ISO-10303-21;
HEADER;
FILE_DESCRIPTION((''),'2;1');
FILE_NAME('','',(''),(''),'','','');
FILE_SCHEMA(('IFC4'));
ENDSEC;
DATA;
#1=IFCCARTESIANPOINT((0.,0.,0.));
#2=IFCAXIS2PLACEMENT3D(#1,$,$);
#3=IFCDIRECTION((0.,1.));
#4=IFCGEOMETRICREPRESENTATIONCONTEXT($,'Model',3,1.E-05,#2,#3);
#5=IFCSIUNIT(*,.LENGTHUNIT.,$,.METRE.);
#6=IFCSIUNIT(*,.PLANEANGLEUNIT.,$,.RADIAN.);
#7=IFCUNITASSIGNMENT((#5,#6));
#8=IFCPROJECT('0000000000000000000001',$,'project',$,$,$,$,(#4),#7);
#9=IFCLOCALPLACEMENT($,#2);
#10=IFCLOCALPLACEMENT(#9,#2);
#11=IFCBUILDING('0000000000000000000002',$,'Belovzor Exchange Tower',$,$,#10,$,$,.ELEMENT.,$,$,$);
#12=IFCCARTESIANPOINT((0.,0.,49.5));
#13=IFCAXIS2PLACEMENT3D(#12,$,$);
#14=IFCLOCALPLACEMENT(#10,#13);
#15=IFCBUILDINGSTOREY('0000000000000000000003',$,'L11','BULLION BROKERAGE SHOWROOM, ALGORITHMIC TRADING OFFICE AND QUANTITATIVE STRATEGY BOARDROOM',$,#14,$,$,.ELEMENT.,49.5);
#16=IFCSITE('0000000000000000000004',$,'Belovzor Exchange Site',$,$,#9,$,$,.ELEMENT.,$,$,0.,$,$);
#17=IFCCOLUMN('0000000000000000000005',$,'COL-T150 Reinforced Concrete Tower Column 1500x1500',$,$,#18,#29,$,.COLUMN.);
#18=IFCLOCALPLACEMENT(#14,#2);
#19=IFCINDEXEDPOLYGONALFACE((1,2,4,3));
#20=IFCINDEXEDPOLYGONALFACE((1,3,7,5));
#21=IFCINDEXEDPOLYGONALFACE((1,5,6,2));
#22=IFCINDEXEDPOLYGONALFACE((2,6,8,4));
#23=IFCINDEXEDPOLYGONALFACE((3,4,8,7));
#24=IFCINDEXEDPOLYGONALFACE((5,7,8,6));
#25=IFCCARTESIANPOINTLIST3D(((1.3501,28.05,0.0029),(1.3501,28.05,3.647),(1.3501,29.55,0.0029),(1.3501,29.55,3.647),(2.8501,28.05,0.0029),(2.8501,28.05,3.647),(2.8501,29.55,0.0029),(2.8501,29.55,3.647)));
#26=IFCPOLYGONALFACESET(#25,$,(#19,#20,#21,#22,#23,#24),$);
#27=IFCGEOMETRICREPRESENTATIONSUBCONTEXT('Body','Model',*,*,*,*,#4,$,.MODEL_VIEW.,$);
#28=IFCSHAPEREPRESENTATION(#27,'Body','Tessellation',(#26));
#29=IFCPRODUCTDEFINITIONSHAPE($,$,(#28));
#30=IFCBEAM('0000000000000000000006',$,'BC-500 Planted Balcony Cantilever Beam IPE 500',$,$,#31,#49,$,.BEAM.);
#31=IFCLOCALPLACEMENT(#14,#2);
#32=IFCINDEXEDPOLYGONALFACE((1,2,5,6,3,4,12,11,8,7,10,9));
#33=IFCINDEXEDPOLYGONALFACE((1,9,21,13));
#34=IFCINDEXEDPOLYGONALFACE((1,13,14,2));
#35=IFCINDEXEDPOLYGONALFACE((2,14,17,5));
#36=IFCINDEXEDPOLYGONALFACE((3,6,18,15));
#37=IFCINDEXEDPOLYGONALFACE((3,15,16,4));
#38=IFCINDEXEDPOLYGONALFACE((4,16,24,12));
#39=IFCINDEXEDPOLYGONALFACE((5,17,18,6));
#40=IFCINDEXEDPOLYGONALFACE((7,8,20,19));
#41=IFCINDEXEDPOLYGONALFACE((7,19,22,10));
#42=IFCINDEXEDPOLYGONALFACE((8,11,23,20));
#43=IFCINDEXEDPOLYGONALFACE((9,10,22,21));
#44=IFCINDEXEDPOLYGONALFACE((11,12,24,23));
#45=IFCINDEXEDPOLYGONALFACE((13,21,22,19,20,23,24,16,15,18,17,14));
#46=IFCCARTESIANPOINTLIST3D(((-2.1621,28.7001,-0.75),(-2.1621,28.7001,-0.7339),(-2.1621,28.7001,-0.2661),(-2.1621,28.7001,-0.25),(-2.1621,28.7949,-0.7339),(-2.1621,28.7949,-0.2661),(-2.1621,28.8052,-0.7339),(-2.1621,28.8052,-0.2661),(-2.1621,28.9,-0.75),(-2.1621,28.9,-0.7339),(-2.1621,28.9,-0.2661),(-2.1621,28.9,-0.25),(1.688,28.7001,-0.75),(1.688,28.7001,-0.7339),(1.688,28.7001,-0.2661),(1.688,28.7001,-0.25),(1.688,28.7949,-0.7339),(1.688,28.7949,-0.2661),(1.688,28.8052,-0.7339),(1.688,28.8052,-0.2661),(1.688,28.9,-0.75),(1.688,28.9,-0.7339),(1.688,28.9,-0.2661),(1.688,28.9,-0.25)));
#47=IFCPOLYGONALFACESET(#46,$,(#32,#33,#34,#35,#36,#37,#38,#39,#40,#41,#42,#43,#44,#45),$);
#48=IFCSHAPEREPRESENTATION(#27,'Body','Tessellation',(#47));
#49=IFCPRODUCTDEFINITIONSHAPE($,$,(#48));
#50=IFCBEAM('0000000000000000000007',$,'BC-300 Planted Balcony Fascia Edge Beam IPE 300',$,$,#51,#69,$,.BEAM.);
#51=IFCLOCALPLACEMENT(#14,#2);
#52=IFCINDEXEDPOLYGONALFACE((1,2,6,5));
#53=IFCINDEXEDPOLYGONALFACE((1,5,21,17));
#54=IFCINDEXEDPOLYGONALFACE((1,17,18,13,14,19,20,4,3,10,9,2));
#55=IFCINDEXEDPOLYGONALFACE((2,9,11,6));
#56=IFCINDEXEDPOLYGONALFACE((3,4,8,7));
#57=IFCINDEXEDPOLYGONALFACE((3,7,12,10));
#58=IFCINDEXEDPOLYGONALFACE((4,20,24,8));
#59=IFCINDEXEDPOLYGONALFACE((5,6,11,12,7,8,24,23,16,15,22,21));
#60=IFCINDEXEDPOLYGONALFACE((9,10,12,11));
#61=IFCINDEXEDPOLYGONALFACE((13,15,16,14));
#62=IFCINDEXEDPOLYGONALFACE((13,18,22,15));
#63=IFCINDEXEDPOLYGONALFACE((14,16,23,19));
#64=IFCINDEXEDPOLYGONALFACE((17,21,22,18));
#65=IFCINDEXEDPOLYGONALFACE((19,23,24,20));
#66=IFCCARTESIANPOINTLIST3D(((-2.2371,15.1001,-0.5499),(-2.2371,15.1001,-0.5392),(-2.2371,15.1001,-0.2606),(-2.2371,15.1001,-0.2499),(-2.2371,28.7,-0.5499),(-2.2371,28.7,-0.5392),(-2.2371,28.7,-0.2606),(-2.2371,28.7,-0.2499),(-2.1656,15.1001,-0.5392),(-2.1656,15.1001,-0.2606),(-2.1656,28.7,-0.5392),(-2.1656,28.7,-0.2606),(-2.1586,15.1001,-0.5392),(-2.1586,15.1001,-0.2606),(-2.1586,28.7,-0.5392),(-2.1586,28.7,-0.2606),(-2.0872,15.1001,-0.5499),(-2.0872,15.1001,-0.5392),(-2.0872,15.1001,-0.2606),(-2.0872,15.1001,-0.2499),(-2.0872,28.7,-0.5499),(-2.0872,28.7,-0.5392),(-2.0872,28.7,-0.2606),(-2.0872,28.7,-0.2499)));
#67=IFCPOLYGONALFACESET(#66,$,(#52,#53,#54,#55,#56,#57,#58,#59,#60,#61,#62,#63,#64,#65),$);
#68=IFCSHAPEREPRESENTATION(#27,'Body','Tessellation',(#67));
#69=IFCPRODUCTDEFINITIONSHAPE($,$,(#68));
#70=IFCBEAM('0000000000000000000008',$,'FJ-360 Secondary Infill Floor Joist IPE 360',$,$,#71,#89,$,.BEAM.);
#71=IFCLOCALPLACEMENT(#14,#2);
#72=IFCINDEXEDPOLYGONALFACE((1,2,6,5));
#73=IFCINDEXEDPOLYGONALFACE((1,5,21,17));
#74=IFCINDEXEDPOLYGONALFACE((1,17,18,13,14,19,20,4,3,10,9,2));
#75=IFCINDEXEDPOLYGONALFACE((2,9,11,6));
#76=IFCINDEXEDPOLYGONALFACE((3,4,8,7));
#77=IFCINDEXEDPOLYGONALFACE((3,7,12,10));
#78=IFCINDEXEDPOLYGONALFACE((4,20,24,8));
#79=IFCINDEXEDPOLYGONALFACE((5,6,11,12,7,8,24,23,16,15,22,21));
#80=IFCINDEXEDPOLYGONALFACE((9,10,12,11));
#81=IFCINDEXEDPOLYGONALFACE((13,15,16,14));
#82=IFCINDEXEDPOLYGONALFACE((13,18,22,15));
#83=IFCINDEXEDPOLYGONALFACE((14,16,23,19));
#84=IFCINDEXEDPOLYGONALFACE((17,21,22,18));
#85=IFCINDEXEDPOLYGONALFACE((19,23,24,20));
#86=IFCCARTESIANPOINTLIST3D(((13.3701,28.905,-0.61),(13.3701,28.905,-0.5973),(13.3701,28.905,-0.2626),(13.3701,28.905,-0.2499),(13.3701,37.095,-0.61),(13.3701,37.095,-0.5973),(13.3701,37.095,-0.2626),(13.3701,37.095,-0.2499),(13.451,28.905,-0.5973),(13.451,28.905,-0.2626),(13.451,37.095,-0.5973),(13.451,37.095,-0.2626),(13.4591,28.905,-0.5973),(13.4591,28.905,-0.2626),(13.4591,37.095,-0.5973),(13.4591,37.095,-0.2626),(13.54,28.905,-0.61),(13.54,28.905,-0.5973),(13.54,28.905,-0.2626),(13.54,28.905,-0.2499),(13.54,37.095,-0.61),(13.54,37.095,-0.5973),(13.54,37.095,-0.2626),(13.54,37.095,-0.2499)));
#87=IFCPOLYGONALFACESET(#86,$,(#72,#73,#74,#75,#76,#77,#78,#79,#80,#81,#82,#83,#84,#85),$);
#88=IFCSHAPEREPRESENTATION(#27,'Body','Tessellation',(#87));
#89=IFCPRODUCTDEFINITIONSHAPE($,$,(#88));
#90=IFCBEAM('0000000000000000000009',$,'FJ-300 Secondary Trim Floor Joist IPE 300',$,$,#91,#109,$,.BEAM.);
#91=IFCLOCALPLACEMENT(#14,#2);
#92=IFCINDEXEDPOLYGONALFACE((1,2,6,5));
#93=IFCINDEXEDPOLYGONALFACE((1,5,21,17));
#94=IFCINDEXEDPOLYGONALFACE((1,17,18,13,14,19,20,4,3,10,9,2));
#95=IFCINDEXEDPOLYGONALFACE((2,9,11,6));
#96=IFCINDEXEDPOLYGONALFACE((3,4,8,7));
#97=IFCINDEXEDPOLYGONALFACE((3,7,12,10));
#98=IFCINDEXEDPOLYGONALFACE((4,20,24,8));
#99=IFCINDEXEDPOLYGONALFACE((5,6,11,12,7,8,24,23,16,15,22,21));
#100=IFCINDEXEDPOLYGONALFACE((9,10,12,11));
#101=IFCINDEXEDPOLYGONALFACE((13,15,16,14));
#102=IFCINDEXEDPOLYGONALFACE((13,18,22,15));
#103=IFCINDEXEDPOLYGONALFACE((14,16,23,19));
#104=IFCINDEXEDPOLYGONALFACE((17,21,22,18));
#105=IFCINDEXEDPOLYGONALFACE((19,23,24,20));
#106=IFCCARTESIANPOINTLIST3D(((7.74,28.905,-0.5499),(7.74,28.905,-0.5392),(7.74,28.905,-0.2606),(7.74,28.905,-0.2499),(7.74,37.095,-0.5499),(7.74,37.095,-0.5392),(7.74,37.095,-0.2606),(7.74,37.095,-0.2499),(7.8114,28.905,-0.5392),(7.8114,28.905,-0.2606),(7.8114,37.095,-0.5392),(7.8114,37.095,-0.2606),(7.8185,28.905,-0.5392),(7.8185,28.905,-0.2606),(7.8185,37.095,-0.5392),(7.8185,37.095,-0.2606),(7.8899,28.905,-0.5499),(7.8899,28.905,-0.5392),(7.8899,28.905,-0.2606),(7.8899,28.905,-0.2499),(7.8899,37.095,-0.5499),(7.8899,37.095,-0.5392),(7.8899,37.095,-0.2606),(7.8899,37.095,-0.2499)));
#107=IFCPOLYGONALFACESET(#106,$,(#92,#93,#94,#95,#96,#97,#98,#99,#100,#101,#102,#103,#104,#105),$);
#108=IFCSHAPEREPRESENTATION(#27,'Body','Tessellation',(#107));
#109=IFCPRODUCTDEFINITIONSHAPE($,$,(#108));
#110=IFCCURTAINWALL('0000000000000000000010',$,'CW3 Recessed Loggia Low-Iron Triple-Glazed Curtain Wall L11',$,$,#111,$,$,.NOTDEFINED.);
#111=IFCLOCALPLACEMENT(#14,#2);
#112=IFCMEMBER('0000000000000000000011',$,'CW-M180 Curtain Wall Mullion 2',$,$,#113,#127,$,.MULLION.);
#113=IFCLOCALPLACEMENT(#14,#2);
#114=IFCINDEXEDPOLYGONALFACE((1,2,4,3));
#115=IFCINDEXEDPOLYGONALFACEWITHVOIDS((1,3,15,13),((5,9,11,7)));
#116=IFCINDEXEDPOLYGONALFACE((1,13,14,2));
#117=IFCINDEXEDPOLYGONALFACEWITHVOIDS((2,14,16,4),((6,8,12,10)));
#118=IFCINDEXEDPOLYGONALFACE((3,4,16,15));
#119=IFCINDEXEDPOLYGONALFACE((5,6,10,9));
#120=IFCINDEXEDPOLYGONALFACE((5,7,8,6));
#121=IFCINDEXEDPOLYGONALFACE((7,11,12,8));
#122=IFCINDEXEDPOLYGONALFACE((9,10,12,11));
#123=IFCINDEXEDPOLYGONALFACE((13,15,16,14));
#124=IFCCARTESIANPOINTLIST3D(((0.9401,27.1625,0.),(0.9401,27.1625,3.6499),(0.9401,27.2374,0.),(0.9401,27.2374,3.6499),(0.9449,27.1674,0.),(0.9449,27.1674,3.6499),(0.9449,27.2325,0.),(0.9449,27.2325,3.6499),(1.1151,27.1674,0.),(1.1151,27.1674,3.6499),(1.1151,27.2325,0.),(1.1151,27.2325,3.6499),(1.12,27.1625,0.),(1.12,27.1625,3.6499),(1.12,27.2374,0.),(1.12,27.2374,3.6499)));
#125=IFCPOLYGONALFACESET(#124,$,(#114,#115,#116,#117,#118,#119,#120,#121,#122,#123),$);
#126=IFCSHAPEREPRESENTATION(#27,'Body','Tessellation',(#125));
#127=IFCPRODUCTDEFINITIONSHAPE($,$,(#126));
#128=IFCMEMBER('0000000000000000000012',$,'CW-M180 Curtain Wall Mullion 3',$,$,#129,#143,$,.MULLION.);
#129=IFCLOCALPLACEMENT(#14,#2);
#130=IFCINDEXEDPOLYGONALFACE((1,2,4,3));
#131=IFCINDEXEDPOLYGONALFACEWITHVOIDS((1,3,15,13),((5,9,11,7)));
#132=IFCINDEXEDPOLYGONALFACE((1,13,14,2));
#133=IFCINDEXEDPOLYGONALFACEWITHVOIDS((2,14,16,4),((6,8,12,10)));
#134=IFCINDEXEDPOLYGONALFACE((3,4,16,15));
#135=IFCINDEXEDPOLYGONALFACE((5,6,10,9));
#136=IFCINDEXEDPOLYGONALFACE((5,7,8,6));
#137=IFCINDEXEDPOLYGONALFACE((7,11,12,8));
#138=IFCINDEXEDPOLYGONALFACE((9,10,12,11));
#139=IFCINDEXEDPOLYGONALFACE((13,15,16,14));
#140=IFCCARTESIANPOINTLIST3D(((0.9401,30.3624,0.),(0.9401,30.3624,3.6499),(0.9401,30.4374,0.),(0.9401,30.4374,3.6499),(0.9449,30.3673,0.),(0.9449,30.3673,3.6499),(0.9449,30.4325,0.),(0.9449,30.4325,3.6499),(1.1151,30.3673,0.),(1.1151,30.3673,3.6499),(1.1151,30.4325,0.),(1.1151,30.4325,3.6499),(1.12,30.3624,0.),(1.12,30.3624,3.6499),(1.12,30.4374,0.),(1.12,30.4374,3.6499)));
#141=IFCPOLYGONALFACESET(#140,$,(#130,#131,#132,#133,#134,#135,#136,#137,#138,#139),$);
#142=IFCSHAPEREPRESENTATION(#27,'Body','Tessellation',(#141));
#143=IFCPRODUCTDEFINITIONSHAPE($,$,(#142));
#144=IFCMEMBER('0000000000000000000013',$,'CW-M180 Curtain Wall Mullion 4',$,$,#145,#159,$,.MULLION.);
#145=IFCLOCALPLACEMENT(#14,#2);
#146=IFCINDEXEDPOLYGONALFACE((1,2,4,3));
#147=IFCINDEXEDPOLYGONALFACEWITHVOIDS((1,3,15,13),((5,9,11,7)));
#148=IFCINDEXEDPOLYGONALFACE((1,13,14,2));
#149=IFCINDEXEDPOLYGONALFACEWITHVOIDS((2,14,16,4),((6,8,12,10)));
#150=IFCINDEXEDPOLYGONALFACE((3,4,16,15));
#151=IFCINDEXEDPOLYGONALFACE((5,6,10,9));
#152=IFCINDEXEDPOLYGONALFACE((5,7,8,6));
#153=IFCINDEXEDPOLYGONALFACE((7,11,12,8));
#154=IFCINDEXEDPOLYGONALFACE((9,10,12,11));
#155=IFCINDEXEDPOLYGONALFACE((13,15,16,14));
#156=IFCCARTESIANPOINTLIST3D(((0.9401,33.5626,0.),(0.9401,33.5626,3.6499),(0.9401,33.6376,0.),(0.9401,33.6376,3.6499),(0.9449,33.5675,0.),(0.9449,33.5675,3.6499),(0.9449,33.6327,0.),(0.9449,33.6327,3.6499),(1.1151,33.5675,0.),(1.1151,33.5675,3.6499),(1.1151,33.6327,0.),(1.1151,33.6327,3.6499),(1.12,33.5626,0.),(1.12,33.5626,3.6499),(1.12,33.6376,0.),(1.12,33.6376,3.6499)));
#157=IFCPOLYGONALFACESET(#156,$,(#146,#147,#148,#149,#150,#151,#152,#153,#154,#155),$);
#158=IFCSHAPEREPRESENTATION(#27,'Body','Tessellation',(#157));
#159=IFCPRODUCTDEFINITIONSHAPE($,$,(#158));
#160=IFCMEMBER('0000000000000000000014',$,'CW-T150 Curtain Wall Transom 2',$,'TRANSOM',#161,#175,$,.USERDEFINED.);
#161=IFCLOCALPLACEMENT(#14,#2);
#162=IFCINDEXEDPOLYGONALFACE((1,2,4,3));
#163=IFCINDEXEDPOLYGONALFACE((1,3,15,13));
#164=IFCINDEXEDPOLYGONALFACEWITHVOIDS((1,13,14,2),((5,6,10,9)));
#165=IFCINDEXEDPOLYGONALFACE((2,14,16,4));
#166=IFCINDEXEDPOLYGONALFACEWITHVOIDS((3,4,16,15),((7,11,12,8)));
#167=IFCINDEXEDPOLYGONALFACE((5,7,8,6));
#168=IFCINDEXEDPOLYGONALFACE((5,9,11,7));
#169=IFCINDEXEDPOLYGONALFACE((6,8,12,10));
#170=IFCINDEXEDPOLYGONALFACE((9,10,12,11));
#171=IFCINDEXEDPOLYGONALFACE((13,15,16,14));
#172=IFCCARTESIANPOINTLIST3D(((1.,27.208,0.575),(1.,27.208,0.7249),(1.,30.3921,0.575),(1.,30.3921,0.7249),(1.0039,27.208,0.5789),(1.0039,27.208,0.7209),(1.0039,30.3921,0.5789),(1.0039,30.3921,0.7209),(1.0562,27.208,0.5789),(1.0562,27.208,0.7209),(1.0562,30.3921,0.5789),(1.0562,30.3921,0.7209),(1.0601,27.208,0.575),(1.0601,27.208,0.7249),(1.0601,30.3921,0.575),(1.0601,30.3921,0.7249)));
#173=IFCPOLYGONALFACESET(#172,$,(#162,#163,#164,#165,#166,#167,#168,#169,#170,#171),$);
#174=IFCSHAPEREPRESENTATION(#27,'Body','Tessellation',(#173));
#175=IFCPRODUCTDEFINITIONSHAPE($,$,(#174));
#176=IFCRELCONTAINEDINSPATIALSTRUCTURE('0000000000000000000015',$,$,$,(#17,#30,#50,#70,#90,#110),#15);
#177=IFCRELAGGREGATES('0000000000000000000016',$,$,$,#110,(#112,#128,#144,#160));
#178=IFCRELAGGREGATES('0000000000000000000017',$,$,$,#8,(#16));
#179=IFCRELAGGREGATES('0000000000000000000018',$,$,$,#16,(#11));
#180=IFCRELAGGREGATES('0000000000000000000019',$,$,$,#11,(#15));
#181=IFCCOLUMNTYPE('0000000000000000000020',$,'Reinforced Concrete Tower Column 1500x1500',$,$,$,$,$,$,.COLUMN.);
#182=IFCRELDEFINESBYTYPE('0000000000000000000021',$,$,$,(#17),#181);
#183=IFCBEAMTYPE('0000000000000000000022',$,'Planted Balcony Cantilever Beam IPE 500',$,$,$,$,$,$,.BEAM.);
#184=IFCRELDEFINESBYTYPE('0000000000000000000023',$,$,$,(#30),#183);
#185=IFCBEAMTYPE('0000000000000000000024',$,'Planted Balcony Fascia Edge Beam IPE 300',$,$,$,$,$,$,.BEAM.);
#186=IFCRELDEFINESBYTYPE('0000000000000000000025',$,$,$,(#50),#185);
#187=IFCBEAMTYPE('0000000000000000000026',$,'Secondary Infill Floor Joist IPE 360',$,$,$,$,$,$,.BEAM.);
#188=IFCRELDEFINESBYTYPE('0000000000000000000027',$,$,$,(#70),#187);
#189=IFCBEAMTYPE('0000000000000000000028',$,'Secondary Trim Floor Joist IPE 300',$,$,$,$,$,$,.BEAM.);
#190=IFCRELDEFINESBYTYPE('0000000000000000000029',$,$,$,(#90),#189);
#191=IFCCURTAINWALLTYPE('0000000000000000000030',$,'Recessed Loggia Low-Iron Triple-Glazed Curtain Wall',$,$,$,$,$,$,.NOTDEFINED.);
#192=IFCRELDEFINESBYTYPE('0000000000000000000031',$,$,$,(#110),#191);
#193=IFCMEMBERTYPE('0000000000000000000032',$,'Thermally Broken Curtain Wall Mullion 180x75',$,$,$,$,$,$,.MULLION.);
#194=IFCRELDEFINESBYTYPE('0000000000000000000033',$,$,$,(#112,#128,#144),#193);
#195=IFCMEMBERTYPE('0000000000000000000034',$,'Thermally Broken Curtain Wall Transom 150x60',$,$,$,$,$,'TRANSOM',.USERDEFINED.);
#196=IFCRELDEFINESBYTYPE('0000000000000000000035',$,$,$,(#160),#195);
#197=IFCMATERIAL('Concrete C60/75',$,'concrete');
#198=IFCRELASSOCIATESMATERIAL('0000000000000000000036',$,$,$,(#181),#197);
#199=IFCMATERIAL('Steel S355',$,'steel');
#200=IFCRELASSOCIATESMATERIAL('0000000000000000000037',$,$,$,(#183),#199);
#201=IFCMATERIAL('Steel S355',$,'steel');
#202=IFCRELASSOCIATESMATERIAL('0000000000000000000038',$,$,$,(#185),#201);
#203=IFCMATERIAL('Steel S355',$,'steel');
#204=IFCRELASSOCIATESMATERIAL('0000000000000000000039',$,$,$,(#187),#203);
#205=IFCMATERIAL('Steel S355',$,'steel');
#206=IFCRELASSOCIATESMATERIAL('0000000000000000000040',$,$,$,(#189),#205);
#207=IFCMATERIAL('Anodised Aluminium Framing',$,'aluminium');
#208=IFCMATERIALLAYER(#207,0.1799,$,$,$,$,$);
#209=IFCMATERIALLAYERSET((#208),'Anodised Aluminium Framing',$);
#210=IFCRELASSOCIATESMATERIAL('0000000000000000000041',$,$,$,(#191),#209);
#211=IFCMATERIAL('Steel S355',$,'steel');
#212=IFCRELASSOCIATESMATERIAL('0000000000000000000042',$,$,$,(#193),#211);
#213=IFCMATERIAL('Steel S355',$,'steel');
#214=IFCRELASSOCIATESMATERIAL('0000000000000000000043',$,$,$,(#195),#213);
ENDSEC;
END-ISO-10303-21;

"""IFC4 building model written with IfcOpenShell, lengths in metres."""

from ifc_helpers import new_model, si_unit, direction, frame, origin, origin_2d, place, context, subcontext, project, spatial, rectangle, hollow_rectangle, i_section, extrude, material, layer, layer_set, material_profile, profile_set, type_object, element, aggregate, save


model = new_model("IFC4")

# Units and contexts
model_context = context("Model", 3, precision=1e-05, world=origin(), true_north=direction((0.0, 1.0)))
body_context = subcontext(model_context, "Body", "Model", "MODEL_VIEW")
ifc_project = project(units=[si_unit("LENGTHUNIT", "METRE"), si_unit("PLANEANGLEUNIT", "RADIAN")], contexts=[model_context])

# Site, building, storey
site_placement = place(None, origin())
site = spatial("IfcSite", under=ifc_project, at=site_placement, Name="Belovzor Exchange Site", CompositionType="ELEMENT", RefElevation=0.0)
building_placement = place(site_placement, origin())
building = spatial("IfcBuilding", under=site, at=building_placement, Name="Belovzor Exchange Tower", CompositionType="ELEMENT")
storey_placement = place(building_placement, frame((0.0, 0.0, 49.5)))
storey = spatial("IfcBuildingStorey", under=building, at=storey_placement, Name="L11", Description="BULLION BROKERAGE SHOWROOM, ALGORITHMIC TRADING OFFICE AND QUANTITATIVE STRATEGY BOARDROOM", CompositionType="ELEMENT", Elevation=49.5)

# Column
ifc_material_1 = material(Name="Concrete C60/75", Category="concrete")
ifc_material_profile_1 = material_profile(ifc_material_1, rectangle(XDim=1.5, YDim=1.5, at=origin_2d()))
ifc_profile_set_1 = profile_set([ifc_material_profile_1], Name="Concrete C60/75")
column_type = type_object("IfcColumnType", Name="Reinforced Concrete Tower Column 1500x1500", PredefinedType="COLUMN", material=ifc_profile_set_1)
column_placement = place(storey_placement, frame((2.1001, 28.8, 0.0029), z_axis=(0.0, 0.0, 1.0), x_axis=(1.0, 0.0, 0.0)))
element("IfcColumn", 1, at=column_placement, inside=storey, type_object=column_type, Name="COL-T150 Reinforced Concrete Tower Column 1500x1500", PredefinedType="COLUMN", context=body_context, shape_type="SweptSolid", body=[
    extrude(rectangle(XDim=1.5, YDim=1.5, at=origin_2d()), origin(), (0.0, 0.0, 1.0), 3.644),
])

# Beams
ifc_material_2 = material(Name="Steel S355", Category="steel")
ifc_material_profile_2 = material_profile(ifc_material_2, i_section(OverallWidth=0.2, OverallDepth=0.5, WebThickness=0.0103, FlangeThickness=0.0161, at=origin_2d()))
ifc_profile_set_2 = profile_set([ifc_material_profile_2], Name="Steel S355")
beam_type_1 = type_object("IfcBeamType", Name="Planted Balcony Cantilever Beam IPE 500", PredefinedType="BEAM", material=ifc_profile_set_2)
beam_1_placement = place(storey_placement, frame((1.688, 28.8, -0.5), z_axis=(-1.0, 0.0, 0.0), x_axis=(0.0, -1.0, 0.0)))
element("IfcBeam", 2, at=beam_1_placement, inside=storey, type_object=beam_type_1, Name="BC-500 Planted Balcony Cantilever Beam IPE 500", PredefinedType="BEAM", context=body_context, shape_type="SweptSolid", body=[
    extrude(i_section(OverallWidth=0.2, OverallDepth=0.5, WebThickness=0.0103, FlangeThickness=0.0161, at=origin_2d()), origin(), (0.0, 0.0, 1.0), 3.8501),
])
ifc_material_3 = material(Name="Steel S355", Category="steel")
ifc_material_profile_3 = material_profile(ifc_material_3, i_section(OverallWidth=0.1499, OverallDepth=0.3, WebThickness=0.0071, FlangeThickness=0.0107, at=origin_2d()))
ifc_profile_set_3 = profile_set([ifc_material_profile_3], Name="Steel S355")
beam_type_2 = type_object("IfcBeamType", Name="Planted Balcony Fascia Edge Beam IPE 300", PredefinedType="BEAM", material=ifc_profile_set_3)
beam_2_placement = place(storey_placement, frame((-2.1621, 28.7, -0.3999), z_axis=(0.0, -1.0, 0.0), x_axis=(1.0, 0.0, 0.0)))
element("IfcBeam", 3, at=beam_2_placement, inside=storey, type_object=beam_type_2, Name="BC-300 Planted Balcony Fascia Edge Beam IPE 300", PredefinedType="BEAM", context=body_context, shape_type="SweptSolid", body=[
    extrude(i_section(OverallWidth=0.1499, OverallDepth=0.3, WebThickness=0.0071, FlangeThickness=0.0107, at=origin_2d()), origin(), (0.0, 0.0, 1.0), 13.5999),
])
ifc_material_4 = material(Name="Steel S355", Category="steel")
ifc_material_profile_4 = material_profile(ifc_material_4, i_section(OverallWidth=0.1699, OverallDepth=0.3601, WebThickness=0.0081, FlangeThickness=0.0127, at=origin_2d()))
ifc_profile_set_4 = profile_set([ifc_material_profile_4], Name="Steel S355")
beam_type_3 = type_object("IfcBeamType", Name="Secondary Infill Floor Joist IPE 360", PredefinedType="BEAM", material=ifc_profile_set_4)
beam_3_placement = place(storey_placement, frame((13.4551, 28.905, -0.4299), z_axis=(0.0, 1.0, 0.0), x_axis=(-1.0, 0.0, 0.0)))
element("IfcBeam", 4, at=beam_3_placement, inside=storey, type_object=beam_type_3, Name="FJ-360 Secondary Infill Floor Joist IPE 360", PredefinedType="BEAM", context=body_context, shape_type="SweptSolid", body=[
    extrude(i_section(OverallWidth=0.1699, OverallDepth=0.3601, WebThickness=0.0081, FlangeThickness=0.0127, at=origin_2d()), origin(), (0.0, 0.0, 1.0), 8.1899),
])
ifc_material_5 = material(Name="Steel S355", Category="steel")
ifc_material_profile_5 = material_profile(ifc_material_5, i_section(OverallWidth=0.1499, OverallDepth=0.3, WebThickness=0.0071, FlangeThickness=0.0107, at=origin_2d()))
ifc_profile_set_5 = profile_set([ifc_material_profile_5], Name="Steel S355")
beam_type_4 = type_object("IfcBeamType", Name="Secondary Trim Floor Joist IPE 300", PredefinedType="BEAM", material=ifc_profile_set_5)
beam_4_placement = place(storey_placement, frame((7.8149, 28.905, -0.3999), z_axis=(0.0, 1.0, 0.0), x_axis=(-1.0, 0.0, 0.0)))
element("IfcBeam", 5, at=beam_4_placement, inside=storey, type_object=beam_type_4, Name="FJ-300 Secondary Trim Floor Joist IPE 300", PredefinedType="BEAM", context=body_context, shape_type="SweptSolid", body=[
    extrude(i_section(OverallWidth=0.1499, OverallDepth=0.3, WebThickness=0.0071, FlangeThickness=0.0107, at=origin_2d()), origin(), (0.0, 0.0, 1.0), 8.1899),
])

# Curtain wall, members
ifc_material_6 = material(Name="Anodised Aluminium Framing", Category="aluminium")
ifc_layer_1 = layer(ifc_material_6, 0.1799)
ifc_layer_set_1 = layer_set([ifc_layer_1], Name="Anodised Aluminium Framing")
curtain_wall_type = type_object("IfcCurtainWallType", Name="Recessed Loggia Low-Iron Triple-Glazed Curtain Wall", PredefinedType="NOTDEFINED", material=ifc_layer_set_1)
curtain_wall_placement = place(storey_placement, origin())
curtain_wall = element("IfcCurtainWall", 6, at=curtain_wall_placement, inside=storey, type_object=curtain_wall_type, Name="CW3 Recessed Loggia Low-Iron Triple-Glazed Curtain Wall L11", PredefinedType="NOTDEFINED")
ifc_material_7 = material(Name="Steel S355", Category="steel")
ifc_material_profile_6 = material_profile(ifc_material_7, hollow_rectangle(XDim=0.075, YDim=0.1799, WallThickness=0.0049, at=origin_2d()))
ifc_profile_set_6 = profile_set([ifc_material_profile_6], Name="Steel S355")
member_type_1 = type_object("IfcMemberType", Name="Thermally Broken Curtain Wall Mullion 180x75", PredefinedType="MULLION", material=ifc_profile_set_6)
member_1_placement = place(storey_placement, frame((1.03, 27.2, 0.0), z_axis=(0.0, 0.0, 1.0), x_axis=(0.0, 1.0, 0.0)))
member_1 = element("IfcMember", 7, at=member_1_placement, type_object=member_type_1, Name="CW-M180 Curtain Wall Mullion 2", PredefinedType="MULLION", context=body_context, shape_type="SweptSolid", body=[
    extrude(hollow_rectangle(XDim=0.075, YDim=0.1799, WallThickness=0.0049, at=origin_2d()), origin(), (0.0, 0.0, 1.0), 3.6499),
])
member_2_placement = place(storey_placement, frame((1.03, 30.3999, 0.0), z_axis=(0.0, 0.0, 1.0), x_axis=(0.0, 1.0, 0.0)))
member_2 = element("IfcMember", 8, at=member_2_placement, type_object=member_type_1, Name="CW-M180 Curtain Wall Mullion 3", PredefinedType="MULLION", context=body_context, shape_type="SweptSolid", body=[
    extrude(hollow_rectangle(XDim=0.075, YDim=0.1799, WallThickness=0.0049, at=origin_2d()), origin(), (0.0, 0.0, 1.0), 3.6499),
])
member_3_placement = place(storey_placement, frame((1.03, 33.6001, 0.0), z_axis=(0.0, 0.0, 1.0), x_axis=(0.0, 1.0, 0.0)))
member_3 = element("IfcMember", 9, at=member_3_placement, type_object=member_type_1, Name="CW-M180 Curtain Wall Mullion 4", PredefinedType="MULLION", context=body_context, shape_type="SweptSolid", body=[
    extrude(hollow_rectangle(XDim=0.075, YDim=0.1799, WallThickness=0.0049, at=origin_2d()), origin(), (0.0, 0.0, 1.0), 3.6499),
])
ifc_material_8 = material(Name="Steel S355", Category="steel")
ifc_material_profile_7 = material_profile(ifc_material_8, hollow_rectangle(XDim=0.0601, YDim=0.1499, WallThickness=0.0039, at=origin_2d()))
ifc_profile_set_7 = profile_set([ifc_material_profile_7], Name="Steel S355")
member_type_2 = type_object("IfcMemberType", Name="Thermally Broken Curtain Wall Transom 150x60", ElementType="TRANSOM", PredefinedType="USERDEFINED", material=ifc_profile_set_7)
member_4_placement = place(storey_placement, frame((1.03, 27.208, 0.6499), z_axis=(0.0, 1.0, 0.0), x_axis=(-1.0, 0.0, 0.0)))
member_4 = element("IfcMember", 10, at=member_4_placement, type_object=member_type_2, Name="CW-T150 Curtain Wall Transom 2", ObjectType="TRANSOM", PredefinedType="USERDEFINED", context=body_context, shape_type="SweptSolid", body=[
    extrude(hollow_rectangle(XDim=0.0601, YDim=0.1499, WallThickness=0.0039, at=origin_2d()), origin(), (0.0, 0.0, 1.0), 3.1841),
])

aggregate(curtain_wall, [member_1, member_2, member_3, member_4])

save(model, "model.ifc")
